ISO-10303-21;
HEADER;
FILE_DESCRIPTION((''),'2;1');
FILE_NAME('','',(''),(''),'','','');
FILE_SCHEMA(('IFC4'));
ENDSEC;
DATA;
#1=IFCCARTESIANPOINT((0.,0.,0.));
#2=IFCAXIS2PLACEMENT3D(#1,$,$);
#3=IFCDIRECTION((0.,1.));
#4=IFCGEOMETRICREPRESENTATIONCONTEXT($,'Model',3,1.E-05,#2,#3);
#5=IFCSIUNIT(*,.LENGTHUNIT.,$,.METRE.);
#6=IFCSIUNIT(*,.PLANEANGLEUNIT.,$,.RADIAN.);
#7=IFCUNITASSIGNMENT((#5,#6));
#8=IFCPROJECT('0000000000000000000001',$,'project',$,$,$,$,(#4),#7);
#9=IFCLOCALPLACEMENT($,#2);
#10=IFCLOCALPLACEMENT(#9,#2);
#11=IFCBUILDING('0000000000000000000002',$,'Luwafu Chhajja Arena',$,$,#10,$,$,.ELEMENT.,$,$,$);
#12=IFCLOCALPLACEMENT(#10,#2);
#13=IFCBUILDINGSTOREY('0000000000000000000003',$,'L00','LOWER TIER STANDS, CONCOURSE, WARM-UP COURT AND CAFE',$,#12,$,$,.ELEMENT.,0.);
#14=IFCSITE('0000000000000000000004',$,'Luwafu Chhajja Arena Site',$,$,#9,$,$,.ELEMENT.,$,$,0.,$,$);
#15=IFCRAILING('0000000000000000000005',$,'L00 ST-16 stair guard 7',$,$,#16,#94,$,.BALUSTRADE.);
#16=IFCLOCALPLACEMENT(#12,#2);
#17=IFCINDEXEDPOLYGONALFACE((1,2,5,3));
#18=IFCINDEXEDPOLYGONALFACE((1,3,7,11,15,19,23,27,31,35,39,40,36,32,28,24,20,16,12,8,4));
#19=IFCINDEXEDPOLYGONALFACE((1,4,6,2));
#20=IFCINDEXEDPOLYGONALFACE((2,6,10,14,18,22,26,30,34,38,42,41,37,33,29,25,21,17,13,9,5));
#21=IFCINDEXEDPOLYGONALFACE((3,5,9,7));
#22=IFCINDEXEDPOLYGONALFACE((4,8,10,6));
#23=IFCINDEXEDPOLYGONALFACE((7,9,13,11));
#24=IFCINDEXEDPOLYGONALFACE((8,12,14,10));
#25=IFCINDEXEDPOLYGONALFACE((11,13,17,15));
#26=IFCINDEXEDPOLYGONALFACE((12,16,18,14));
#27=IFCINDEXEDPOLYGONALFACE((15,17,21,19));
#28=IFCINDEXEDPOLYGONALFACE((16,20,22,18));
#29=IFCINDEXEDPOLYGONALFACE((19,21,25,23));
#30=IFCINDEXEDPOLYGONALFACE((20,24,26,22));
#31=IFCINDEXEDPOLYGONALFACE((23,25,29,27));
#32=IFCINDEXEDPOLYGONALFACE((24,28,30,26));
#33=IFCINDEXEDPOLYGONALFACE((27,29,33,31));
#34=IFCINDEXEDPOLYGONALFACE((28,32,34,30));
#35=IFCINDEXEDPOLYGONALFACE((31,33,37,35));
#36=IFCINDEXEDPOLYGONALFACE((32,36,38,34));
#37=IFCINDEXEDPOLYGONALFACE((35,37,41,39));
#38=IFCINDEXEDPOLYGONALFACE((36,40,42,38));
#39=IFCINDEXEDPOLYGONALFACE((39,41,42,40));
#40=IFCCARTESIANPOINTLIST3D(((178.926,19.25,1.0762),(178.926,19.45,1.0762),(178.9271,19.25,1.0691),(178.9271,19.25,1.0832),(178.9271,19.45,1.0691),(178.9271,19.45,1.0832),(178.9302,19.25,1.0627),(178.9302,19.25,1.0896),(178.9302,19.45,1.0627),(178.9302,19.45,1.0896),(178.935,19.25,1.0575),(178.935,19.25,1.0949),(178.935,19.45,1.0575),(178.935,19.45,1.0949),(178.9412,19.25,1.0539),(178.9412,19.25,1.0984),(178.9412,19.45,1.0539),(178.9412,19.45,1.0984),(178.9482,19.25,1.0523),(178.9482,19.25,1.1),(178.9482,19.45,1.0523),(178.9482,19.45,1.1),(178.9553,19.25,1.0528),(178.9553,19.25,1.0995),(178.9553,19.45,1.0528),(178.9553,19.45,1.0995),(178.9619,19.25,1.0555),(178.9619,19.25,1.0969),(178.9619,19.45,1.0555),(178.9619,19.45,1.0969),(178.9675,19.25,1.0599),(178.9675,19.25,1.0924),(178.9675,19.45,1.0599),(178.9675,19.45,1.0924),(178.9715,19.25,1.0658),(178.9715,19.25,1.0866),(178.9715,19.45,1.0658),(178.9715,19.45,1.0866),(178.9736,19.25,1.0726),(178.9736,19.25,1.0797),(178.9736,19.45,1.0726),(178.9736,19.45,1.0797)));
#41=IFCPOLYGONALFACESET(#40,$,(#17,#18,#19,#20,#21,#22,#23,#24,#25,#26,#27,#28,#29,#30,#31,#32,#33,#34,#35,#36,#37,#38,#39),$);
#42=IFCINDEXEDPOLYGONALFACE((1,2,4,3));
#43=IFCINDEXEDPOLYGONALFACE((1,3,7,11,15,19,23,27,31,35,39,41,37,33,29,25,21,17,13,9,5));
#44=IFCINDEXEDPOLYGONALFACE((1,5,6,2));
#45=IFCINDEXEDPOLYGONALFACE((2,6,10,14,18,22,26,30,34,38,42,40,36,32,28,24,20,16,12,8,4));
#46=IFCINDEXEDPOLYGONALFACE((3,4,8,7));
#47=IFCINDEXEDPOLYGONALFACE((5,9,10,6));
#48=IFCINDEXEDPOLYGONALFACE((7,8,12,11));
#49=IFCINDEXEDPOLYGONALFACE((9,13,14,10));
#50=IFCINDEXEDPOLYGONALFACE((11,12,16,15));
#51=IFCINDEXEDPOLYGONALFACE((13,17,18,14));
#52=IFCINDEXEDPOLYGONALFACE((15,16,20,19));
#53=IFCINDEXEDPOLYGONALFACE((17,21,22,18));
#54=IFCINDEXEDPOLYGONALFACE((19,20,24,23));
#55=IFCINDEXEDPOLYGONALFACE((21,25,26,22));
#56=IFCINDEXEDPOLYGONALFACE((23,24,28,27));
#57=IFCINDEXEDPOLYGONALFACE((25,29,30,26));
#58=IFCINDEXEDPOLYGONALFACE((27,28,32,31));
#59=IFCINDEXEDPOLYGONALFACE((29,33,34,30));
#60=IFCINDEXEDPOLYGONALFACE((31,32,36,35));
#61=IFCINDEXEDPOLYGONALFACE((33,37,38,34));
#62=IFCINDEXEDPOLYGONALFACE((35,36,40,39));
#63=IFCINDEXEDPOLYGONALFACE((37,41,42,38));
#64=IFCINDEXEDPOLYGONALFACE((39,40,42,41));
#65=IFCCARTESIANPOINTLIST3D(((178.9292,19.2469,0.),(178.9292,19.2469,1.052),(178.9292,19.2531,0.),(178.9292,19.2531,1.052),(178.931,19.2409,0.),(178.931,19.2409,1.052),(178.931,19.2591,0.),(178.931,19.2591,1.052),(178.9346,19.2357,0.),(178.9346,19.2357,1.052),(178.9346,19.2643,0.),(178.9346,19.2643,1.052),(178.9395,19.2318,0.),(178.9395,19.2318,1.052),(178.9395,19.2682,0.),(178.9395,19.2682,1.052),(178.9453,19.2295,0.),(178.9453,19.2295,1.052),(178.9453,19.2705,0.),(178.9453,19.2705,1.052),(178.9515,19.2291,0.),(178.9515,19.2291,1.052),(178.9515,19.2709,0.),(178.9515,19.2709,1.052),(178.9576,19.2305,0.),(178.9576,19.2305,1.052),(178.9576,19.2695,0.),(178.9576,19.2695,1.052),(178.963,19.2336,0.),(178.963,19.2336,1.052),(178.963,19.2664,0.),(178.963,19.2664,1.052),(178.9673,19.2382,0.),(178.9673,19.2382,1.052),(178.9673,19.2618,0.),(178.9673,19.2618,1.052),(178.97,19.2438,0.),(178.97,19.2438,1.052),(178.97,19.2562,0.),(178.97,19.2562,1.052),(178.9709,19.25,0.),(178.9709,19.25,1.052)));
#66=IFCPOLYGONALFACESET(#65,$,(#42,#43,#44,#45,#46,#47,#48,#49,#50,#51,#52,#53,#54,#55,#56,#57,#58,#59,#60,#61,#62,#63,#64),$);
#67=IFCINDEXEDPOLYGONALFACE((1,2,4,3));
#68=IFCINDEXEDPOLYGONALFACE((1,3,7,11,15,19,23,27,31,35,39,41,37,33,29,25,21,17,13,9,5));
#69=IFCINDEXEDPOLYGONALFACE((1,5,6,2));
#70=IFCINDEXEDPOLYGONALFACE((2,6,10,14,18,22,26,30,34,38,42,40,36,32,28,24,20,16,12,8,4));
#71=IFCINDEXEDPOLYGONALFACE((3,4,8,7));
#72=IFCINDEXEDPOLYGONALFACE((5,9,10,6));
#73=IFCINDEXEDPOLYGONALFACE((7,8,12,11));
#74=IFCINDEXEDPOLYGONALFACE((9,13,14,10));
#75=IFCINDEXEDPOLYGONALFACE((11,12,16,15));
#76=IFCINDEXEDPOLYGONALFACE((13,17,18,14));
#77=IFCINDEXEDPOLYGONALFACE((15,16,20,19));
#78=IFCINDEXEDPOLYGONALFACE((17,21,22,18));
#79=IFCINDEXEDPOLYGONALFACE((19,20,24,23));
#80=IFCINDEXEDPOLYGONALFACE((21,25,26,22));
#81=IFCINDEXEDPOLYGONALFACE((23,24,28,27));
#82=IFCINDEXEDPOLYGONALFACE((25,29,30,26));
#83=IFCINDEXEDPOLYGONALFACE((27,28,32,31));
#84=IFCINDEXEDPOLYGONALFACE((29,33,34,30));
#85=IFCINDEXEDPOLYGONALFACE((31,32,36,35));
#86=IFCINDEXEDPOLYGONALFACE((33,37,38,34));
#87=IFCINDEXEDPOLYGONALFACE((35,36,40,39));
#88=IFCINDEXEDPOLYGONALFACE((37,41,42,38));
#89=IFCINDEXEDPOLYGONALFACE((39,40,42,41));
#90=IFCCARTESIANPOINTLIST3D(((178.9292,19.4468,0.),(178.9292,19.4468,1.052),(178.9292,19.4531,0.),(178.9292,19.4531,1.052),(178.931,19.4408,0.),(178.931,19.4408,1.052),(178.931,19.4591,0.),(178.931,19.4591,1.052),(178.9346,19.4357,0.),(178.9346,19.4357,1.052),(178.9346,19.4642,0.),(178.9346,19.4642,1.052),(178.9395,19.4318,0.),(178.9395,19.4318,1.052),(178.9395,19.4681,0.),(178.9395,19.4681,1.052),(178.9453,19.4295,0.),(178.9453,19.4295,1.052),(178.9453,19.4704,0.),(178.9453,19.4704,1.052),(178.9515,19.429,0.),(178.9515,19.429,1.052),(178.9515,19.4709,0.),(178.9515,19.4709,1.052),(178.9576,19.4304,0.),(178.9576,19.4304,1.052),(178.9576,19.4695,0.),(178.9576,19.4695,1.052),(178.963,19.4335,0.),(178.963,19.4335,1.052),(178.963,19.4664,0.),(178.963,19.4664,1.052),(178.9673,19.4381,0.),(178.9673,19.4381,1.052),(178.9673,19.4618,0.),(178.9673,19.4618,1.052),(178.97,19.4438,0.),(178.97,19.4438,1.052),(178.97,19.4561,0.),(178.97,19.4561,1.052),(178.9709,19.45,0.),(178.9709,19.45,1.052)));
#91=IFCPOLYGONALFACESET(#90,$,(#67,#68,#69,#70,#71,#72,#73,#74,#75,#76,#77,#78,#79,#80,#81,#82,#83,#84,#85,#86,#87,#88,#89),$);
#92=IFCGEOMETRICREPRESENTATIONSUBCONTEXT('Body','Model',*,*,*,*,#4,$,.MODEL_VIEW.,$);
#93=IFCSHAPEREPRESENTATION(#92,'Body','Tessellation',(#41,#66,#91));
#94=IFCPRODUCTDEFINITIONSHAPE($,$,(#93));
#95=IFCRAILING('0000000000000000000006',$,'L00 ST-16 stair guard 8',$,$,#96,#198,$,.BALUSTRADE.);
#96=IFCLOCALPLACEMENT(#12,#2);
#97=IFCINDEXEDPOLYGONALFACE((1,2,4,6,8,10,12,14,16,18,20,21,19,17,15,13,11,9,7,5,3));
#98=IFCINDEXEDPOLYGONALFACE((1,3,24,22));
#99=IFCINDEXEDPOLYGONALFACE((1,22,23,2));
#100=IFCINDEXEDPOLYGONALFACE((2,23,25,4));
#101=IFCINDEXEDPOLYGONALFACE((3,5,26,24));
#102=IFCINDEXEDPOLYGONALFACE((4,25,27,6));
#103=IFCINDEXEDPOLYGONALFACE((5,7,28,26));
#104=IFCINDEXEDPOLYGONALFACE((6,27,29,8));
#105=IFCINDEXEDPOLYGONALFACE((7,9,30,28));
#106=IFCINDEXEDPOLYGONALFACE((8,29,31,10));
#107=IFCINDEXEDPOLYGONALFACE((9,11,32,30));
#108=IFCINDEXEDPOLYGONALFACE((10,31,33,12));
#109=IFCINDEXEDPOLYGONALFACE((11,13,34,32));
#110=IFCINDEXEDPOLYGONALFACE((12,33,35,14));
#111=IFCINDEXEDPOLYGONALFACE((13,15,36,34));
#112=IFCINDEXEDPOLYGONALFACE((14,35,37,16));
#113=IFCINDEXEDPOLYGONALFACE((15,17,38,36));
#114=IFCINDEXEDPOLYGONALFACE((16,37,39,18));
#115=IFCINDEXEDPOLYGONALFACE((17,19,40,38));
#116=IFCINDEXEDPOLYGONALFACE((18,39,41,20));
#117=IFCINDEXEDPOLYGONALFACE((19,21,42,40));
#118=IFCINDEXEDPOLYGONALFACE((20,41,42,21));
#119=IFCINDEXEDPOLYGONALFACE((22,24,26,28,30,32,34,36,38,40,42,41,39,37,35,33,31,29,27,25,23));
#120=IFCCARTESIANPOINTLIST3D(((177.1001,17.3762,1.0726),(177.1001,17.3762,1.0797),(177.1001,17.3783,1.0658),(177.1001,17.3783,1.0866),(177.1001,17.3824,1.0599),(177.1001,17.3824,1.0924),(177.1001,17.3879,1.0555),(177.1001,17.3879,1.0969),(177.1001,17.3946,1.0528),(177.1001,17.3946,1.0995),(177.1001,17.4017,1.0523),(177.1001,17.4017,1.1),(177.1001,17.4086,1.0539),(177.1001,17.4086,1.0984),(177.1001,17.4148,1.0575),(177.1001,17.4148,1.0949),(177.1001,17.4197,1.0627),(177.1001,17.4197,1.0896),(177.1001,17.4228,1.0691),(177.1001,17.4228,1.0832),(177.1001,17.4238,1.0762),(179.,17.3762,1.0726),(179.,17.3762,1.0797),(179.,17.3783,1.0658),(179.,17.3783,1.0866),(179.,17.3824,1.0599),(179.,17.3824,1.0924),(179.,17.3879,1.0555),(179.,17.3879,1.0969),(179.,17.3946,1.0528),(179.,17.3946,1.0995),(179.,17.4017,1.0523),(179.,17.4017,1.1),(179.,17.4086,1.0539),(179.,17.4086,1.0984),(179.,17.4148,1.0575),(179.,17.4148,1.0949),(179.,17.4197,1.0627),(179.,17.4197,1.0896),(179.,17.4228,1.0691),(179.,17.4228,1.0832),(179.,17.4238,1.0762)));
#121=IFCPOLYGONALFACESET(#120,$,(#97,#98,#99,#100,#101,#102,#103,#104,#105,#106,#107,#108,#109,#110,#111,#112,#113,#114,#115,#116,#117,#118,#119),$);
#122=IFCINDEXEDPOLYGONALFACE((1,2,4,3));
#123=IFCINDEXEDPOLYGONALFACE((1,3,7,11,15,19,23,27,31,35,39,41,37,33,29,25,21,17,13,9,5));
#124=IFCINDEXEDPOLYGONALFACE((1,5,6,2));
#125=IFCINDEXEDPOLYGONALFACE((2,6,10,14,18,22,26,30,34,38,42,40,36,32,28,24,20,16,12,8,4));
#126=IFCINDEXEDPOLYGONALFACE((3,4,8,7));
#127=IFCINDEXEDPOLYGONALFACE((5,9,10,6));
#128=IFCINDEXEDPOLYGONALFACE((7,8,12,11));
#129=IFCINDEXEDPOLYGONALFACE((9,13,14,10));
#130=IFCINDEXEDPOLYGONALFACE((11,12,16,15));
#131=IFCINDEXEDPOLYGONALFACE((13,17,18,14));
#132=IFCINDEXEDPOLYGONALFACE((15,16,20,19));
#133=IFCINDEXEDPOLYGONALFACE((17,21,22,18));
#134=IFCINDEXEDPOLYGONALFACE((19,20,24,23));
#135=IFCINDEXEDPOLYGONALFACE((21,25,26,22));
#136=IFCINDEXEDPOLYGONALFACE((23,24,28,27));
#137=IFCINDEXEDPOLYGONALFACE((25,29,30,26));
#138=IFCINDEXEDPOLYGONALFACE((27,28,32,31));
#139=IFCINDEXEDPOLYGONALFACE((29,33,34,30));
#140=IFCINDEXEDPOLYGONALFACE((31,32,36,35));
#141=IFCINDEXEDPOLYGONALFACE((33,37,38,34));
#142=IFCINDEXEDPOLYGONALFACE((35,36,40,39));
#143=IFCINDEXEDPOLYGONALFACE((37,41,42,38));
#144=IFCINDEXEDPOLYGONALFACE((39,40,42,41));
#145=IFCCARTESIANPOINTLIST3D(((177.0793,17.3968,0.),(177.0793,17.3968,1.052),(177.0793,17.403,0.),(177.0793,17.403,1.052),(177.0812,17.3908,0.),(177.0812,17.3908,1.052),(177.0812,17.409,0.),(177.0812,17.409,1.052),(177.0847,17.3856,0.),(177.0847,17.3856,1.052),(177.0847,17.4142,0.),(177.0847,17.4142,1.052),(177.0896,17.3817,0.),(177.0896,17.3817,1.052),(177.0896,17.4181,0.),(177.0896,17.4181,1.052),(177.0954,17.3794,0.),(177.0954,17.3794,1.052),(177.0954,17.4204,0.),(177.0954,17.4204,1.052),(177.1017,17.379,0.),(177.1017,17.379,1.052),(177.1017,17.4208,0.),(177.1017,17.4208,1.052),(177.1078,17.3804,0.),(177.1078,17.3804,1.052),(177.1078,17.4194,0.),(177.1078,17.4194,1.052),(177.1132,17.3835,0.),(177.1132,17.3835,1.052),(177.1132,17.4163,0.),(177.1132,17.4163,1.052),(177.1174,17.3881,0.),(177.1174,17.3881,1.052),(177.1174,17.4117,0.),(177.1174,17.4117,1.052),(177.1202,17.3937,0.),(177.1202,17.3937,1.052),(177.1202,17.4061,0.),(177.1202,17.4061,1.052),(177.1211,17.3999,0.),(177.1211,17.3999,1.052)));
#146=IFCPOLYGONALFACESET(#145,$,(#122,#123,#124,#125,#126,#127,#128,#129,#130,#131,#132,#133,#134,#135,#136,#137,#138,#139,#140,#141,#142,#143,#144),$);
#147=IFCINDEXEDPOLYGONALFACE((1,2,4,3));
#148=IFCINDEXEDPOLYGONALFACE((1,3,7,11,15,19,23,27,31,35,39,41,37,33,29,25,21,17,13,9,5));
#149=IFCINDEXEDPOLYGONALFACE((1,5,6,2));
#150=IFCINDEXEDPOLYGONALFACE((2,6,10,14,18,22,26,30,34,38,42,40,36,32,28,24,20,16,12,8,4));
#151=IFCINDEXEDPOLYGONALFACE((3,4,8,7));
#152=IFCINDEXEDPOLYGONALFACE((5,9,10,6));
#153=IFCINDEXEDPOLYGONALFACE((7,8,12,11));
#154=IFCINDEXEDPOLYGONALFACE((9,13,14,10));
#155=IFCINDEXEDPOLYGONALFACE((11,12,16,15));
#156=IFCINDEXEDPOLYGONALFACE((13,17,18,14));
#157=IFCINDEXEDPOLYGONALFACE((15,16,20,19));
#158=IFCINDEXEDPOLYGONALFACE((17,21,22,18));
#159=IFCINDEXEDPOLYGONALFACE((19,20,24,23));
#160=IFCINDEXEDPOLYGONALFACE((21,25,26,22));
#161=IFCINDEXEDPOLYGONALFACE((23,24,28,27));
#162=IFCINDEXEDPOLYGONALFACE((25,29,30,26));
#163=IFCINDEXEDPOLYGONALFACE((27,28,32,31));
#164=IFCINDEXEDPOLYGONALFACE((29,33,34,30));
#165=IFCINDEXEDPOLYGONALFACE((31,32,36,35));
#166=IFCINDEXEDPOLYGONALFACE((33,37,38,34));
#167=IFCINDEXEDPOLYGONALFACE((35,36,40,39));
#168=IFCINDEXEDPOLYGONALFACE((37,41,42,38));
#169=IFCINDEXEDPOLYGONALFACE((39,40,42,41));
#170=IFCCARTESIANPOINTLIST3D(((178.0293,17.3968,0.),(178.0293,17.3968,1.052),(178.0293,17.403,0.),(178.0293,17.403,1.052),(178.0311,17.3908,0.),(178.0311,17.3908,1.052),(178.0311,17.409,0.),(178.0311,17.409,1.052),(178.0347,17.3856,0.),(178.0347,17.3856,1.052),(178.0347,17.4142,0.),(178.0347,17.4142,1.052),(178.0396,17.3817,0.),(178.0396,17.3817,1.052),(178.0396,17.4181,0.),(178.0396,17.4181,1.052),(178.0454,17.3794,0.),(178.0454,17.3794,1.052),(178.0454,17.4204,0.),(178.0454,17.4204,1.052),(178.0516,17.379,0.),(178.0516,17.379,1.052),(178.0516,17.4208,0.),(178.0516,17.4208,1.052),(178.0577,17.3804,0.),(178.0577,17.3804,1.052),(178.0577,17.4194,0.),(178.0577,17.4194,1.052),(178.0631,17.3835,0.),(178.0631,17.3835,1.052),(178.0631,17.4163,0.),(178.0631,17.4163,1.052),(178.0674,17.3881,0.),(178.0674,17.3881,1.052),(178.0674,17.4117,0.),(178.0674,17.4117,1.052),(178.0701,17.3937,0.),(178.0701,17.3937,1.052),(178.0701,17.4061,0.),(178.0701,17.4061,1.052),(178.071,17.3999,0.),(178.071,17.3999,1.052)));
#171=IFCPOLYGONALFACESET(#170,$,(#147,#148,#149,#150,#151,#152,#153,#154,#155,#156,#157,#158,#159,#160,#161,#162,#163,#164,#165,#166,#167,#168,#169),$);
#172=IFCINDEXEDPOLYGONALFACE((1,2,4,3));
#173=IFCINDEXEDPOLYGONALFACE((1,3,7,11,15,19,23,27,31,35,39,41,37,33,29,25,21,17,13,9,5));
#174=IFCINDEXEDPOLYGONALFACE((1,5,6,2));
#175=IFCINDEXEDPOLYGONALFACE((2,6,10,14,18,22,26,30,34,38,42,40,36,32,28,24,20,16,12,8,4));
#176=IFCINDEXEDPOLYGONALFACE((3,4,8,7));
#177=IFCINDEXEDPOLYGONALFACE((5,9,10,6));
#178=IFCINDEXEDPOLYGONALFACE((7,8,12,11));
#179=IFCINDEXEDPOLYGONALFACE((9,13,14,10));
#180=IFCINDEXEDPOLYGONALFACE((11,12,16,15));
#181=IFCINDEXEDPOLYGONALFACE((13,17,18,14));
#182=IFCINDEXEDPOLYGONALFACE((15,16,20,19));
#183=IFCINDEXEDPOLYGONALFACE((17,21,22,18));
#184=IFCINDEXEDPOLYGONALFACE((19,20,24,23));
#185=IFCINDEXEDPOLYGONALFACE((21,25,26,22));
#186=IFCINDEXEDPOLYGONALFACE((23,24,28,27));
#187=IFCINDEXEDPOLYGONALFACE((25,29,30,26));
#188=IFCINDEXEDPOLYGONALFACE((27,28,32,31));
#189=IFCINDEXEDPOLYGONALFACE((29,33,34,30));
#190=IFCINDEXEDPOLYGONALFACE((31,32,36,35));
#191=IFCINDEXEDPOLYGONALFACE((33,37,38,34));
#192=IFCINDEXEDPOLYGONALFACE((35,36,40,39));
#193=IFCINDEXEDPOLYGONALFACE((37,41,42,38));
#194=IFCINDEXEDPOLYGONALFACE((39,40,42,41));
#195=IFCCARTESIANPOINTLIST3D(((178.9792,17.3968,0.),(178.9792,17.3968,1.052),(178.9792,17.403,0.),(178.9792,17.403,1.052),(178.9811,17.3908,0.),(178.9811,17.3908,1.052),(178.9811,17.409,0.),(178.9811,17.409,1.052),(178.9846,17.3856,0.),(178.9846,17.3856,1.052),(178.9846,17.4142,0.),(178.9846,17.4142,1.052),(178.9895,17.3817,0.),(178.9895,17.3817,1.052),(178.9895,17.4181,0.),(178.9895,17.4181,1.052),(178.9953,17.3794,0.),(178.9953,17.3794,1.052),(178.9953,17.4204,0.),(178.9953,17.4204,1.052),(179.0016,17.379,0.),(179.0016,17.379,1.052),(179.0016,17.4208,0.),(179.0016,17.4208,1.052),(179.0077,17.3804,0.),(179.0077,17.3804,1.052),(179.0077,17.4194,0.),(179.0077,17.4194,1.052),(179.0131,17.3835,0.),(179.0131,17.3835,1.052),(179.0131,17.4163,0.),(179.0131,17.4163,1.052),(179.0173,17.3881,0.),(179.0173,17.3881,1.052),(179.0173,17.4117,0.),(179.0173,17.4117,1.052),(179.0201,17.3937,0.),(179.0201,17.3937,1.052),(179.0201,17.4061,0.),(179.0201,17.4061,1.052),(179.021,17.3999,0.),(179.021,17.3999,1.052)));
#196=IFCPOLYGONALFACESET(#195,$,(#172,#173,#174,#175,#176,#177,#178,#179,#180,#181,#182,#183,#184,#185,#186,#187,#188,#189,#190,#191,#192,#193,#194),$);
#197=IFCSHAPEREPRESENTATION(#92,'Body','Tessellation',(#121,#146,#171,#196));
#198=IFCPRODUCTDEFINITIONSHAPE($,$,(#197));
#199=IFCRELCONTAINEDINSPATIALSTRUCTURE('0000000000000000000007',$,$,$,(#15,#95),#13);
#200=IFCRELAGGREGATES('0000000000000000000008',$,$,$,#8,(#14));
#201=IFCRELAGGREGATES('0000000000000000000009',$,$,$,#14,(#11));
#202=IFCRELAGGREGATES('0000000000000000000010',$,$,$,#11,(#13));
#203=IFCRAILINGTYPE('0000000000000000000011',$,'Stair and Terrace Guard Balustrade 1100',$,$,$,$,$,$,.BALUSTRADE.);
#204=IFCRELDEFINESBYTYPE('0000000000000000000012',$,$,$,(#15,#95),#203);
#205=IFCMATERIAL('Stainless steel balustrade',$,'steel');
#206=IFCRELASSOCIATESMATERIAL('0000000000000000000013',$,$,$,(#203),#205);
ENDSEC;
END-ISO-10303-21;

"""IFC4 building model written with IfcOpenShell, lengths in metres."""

from ifc_helpers import new_model, si_unit, direction, frame, origin, origin_2d, place, context, subcontext, project, spatial, circle, extrude, material, type_object, element, save


model = new_model("IFC4")

# Units and contexts
model_context = context("Model", 3, precision=1e-05, world=origin(), true_north=direction((0.0, 1.0)))
body_context = subcontext(model_context, "Body", "Model", "MODEL_VIEW")
ifc_project = project(units=[si_unit("LENGTHUNIT", "METRE"), si_unit("PLANEANGLEUNIT", "RADIAN")], contexts=[model_context])

# Site, building, storey
site_placement = place(None, origin())
site = spatial("IfcSite", under=ifc_project, at=site_placement, Name="Luwafu Chhajja Arena Site", CompositionType="ELEMENT", RefElevation=0.0)
building_placement = place(site_placement, origin())
building = spatial("IfcBuilding", under=site, at=building_placement, Name="Luwafu Chhajja Arena", CompositionType="ELEMENT")
storey_placement = place(building_placement, origin())
storey = spatial("IfcBuildingStorey", under=building, at=storey_placement, Name="L00", Description="LOWER TIER STANDS, CONCOURSE, WARM-UP COURT AND CAFE", CompositionType="ELEMENT", Elevation=0.0)

# Railings
ifc_material_1 = material(Name="Stainless steel balustrade", Category="steel")
railing_type_1 = type_object("IfcRailingType", Name="Stair and Terrace Guard Balustrade 1100", PredefinedType="BALUSTRADE", material=ifc_material_1)
railing_1_placement = place(storey_placement, frame((178.95, 19.25, 0.0)))
element("IfcRailing", 1, at=railing_1_placement, inside=storey, type_object=railing_type_1, Name="L00 ST-16 stair guard 7", PredefinedType="BALUSTRADE", context=body_context, shape_type="SweptSolid", body=[
    extrude(circle(Radius=0.0239, at=origin_2d()), frame((0.0, 0.0, 1.0762), z_axis=(0.0, 1.0, 0.0), x_axis=(-1.0, 0.0, 0.0)), (0.0, 0.0, 1.0), 0.2),
    extrude(circle(Radius=0.021, at=origin_2d()), origin(), (0.0, 0.0, 1.0), 1.052),
    extrude(circle(Radius=0.021, at=origin_2d()), frame((0.0, 0.2, 0.0)), (0.0, 0.0, 1.0), 1.052),
])
for number, where, name in (
    (2, (177.1001, 17.3999, 0.0), "L00 ST-16 stair guard 8"),
):
    element("IfcRailing", number, at=place(storey_placement, frame(where)), inside=storey, type_object=railing_type_1, Name=name, PredefinedType="BALUSTRADE", context=body_context, shape_type="SweptSolid", body=[
        extrude(circle(Radius=0.0239, at=origin_2d()), frame((0.0, 0.0, 1.0762), z_axis=(1.0, 0.0, 0.0), x_axis=(0.0, 1.0, 0.0)), (0.0, 0.0, 1.0), 1.8999),
        extrude(circle(Radius=0.021, at=origin_2d()), origin(), (0.0, 0.0, 1.0), 1.052),
        extrude(circle(Radius=0.021, at=origin_2d()), frame((0.95, 0.0, 0.0)), (0.0, 0.0, 1.0), 1.052),
        extrude(circle(Radius=0.021, at=origin_2d()), frame((1.8999, 0.0, 0.0)), (0.0, 0.0, 1.0), 1.052),
    ])

save(model, "model.ifc")
